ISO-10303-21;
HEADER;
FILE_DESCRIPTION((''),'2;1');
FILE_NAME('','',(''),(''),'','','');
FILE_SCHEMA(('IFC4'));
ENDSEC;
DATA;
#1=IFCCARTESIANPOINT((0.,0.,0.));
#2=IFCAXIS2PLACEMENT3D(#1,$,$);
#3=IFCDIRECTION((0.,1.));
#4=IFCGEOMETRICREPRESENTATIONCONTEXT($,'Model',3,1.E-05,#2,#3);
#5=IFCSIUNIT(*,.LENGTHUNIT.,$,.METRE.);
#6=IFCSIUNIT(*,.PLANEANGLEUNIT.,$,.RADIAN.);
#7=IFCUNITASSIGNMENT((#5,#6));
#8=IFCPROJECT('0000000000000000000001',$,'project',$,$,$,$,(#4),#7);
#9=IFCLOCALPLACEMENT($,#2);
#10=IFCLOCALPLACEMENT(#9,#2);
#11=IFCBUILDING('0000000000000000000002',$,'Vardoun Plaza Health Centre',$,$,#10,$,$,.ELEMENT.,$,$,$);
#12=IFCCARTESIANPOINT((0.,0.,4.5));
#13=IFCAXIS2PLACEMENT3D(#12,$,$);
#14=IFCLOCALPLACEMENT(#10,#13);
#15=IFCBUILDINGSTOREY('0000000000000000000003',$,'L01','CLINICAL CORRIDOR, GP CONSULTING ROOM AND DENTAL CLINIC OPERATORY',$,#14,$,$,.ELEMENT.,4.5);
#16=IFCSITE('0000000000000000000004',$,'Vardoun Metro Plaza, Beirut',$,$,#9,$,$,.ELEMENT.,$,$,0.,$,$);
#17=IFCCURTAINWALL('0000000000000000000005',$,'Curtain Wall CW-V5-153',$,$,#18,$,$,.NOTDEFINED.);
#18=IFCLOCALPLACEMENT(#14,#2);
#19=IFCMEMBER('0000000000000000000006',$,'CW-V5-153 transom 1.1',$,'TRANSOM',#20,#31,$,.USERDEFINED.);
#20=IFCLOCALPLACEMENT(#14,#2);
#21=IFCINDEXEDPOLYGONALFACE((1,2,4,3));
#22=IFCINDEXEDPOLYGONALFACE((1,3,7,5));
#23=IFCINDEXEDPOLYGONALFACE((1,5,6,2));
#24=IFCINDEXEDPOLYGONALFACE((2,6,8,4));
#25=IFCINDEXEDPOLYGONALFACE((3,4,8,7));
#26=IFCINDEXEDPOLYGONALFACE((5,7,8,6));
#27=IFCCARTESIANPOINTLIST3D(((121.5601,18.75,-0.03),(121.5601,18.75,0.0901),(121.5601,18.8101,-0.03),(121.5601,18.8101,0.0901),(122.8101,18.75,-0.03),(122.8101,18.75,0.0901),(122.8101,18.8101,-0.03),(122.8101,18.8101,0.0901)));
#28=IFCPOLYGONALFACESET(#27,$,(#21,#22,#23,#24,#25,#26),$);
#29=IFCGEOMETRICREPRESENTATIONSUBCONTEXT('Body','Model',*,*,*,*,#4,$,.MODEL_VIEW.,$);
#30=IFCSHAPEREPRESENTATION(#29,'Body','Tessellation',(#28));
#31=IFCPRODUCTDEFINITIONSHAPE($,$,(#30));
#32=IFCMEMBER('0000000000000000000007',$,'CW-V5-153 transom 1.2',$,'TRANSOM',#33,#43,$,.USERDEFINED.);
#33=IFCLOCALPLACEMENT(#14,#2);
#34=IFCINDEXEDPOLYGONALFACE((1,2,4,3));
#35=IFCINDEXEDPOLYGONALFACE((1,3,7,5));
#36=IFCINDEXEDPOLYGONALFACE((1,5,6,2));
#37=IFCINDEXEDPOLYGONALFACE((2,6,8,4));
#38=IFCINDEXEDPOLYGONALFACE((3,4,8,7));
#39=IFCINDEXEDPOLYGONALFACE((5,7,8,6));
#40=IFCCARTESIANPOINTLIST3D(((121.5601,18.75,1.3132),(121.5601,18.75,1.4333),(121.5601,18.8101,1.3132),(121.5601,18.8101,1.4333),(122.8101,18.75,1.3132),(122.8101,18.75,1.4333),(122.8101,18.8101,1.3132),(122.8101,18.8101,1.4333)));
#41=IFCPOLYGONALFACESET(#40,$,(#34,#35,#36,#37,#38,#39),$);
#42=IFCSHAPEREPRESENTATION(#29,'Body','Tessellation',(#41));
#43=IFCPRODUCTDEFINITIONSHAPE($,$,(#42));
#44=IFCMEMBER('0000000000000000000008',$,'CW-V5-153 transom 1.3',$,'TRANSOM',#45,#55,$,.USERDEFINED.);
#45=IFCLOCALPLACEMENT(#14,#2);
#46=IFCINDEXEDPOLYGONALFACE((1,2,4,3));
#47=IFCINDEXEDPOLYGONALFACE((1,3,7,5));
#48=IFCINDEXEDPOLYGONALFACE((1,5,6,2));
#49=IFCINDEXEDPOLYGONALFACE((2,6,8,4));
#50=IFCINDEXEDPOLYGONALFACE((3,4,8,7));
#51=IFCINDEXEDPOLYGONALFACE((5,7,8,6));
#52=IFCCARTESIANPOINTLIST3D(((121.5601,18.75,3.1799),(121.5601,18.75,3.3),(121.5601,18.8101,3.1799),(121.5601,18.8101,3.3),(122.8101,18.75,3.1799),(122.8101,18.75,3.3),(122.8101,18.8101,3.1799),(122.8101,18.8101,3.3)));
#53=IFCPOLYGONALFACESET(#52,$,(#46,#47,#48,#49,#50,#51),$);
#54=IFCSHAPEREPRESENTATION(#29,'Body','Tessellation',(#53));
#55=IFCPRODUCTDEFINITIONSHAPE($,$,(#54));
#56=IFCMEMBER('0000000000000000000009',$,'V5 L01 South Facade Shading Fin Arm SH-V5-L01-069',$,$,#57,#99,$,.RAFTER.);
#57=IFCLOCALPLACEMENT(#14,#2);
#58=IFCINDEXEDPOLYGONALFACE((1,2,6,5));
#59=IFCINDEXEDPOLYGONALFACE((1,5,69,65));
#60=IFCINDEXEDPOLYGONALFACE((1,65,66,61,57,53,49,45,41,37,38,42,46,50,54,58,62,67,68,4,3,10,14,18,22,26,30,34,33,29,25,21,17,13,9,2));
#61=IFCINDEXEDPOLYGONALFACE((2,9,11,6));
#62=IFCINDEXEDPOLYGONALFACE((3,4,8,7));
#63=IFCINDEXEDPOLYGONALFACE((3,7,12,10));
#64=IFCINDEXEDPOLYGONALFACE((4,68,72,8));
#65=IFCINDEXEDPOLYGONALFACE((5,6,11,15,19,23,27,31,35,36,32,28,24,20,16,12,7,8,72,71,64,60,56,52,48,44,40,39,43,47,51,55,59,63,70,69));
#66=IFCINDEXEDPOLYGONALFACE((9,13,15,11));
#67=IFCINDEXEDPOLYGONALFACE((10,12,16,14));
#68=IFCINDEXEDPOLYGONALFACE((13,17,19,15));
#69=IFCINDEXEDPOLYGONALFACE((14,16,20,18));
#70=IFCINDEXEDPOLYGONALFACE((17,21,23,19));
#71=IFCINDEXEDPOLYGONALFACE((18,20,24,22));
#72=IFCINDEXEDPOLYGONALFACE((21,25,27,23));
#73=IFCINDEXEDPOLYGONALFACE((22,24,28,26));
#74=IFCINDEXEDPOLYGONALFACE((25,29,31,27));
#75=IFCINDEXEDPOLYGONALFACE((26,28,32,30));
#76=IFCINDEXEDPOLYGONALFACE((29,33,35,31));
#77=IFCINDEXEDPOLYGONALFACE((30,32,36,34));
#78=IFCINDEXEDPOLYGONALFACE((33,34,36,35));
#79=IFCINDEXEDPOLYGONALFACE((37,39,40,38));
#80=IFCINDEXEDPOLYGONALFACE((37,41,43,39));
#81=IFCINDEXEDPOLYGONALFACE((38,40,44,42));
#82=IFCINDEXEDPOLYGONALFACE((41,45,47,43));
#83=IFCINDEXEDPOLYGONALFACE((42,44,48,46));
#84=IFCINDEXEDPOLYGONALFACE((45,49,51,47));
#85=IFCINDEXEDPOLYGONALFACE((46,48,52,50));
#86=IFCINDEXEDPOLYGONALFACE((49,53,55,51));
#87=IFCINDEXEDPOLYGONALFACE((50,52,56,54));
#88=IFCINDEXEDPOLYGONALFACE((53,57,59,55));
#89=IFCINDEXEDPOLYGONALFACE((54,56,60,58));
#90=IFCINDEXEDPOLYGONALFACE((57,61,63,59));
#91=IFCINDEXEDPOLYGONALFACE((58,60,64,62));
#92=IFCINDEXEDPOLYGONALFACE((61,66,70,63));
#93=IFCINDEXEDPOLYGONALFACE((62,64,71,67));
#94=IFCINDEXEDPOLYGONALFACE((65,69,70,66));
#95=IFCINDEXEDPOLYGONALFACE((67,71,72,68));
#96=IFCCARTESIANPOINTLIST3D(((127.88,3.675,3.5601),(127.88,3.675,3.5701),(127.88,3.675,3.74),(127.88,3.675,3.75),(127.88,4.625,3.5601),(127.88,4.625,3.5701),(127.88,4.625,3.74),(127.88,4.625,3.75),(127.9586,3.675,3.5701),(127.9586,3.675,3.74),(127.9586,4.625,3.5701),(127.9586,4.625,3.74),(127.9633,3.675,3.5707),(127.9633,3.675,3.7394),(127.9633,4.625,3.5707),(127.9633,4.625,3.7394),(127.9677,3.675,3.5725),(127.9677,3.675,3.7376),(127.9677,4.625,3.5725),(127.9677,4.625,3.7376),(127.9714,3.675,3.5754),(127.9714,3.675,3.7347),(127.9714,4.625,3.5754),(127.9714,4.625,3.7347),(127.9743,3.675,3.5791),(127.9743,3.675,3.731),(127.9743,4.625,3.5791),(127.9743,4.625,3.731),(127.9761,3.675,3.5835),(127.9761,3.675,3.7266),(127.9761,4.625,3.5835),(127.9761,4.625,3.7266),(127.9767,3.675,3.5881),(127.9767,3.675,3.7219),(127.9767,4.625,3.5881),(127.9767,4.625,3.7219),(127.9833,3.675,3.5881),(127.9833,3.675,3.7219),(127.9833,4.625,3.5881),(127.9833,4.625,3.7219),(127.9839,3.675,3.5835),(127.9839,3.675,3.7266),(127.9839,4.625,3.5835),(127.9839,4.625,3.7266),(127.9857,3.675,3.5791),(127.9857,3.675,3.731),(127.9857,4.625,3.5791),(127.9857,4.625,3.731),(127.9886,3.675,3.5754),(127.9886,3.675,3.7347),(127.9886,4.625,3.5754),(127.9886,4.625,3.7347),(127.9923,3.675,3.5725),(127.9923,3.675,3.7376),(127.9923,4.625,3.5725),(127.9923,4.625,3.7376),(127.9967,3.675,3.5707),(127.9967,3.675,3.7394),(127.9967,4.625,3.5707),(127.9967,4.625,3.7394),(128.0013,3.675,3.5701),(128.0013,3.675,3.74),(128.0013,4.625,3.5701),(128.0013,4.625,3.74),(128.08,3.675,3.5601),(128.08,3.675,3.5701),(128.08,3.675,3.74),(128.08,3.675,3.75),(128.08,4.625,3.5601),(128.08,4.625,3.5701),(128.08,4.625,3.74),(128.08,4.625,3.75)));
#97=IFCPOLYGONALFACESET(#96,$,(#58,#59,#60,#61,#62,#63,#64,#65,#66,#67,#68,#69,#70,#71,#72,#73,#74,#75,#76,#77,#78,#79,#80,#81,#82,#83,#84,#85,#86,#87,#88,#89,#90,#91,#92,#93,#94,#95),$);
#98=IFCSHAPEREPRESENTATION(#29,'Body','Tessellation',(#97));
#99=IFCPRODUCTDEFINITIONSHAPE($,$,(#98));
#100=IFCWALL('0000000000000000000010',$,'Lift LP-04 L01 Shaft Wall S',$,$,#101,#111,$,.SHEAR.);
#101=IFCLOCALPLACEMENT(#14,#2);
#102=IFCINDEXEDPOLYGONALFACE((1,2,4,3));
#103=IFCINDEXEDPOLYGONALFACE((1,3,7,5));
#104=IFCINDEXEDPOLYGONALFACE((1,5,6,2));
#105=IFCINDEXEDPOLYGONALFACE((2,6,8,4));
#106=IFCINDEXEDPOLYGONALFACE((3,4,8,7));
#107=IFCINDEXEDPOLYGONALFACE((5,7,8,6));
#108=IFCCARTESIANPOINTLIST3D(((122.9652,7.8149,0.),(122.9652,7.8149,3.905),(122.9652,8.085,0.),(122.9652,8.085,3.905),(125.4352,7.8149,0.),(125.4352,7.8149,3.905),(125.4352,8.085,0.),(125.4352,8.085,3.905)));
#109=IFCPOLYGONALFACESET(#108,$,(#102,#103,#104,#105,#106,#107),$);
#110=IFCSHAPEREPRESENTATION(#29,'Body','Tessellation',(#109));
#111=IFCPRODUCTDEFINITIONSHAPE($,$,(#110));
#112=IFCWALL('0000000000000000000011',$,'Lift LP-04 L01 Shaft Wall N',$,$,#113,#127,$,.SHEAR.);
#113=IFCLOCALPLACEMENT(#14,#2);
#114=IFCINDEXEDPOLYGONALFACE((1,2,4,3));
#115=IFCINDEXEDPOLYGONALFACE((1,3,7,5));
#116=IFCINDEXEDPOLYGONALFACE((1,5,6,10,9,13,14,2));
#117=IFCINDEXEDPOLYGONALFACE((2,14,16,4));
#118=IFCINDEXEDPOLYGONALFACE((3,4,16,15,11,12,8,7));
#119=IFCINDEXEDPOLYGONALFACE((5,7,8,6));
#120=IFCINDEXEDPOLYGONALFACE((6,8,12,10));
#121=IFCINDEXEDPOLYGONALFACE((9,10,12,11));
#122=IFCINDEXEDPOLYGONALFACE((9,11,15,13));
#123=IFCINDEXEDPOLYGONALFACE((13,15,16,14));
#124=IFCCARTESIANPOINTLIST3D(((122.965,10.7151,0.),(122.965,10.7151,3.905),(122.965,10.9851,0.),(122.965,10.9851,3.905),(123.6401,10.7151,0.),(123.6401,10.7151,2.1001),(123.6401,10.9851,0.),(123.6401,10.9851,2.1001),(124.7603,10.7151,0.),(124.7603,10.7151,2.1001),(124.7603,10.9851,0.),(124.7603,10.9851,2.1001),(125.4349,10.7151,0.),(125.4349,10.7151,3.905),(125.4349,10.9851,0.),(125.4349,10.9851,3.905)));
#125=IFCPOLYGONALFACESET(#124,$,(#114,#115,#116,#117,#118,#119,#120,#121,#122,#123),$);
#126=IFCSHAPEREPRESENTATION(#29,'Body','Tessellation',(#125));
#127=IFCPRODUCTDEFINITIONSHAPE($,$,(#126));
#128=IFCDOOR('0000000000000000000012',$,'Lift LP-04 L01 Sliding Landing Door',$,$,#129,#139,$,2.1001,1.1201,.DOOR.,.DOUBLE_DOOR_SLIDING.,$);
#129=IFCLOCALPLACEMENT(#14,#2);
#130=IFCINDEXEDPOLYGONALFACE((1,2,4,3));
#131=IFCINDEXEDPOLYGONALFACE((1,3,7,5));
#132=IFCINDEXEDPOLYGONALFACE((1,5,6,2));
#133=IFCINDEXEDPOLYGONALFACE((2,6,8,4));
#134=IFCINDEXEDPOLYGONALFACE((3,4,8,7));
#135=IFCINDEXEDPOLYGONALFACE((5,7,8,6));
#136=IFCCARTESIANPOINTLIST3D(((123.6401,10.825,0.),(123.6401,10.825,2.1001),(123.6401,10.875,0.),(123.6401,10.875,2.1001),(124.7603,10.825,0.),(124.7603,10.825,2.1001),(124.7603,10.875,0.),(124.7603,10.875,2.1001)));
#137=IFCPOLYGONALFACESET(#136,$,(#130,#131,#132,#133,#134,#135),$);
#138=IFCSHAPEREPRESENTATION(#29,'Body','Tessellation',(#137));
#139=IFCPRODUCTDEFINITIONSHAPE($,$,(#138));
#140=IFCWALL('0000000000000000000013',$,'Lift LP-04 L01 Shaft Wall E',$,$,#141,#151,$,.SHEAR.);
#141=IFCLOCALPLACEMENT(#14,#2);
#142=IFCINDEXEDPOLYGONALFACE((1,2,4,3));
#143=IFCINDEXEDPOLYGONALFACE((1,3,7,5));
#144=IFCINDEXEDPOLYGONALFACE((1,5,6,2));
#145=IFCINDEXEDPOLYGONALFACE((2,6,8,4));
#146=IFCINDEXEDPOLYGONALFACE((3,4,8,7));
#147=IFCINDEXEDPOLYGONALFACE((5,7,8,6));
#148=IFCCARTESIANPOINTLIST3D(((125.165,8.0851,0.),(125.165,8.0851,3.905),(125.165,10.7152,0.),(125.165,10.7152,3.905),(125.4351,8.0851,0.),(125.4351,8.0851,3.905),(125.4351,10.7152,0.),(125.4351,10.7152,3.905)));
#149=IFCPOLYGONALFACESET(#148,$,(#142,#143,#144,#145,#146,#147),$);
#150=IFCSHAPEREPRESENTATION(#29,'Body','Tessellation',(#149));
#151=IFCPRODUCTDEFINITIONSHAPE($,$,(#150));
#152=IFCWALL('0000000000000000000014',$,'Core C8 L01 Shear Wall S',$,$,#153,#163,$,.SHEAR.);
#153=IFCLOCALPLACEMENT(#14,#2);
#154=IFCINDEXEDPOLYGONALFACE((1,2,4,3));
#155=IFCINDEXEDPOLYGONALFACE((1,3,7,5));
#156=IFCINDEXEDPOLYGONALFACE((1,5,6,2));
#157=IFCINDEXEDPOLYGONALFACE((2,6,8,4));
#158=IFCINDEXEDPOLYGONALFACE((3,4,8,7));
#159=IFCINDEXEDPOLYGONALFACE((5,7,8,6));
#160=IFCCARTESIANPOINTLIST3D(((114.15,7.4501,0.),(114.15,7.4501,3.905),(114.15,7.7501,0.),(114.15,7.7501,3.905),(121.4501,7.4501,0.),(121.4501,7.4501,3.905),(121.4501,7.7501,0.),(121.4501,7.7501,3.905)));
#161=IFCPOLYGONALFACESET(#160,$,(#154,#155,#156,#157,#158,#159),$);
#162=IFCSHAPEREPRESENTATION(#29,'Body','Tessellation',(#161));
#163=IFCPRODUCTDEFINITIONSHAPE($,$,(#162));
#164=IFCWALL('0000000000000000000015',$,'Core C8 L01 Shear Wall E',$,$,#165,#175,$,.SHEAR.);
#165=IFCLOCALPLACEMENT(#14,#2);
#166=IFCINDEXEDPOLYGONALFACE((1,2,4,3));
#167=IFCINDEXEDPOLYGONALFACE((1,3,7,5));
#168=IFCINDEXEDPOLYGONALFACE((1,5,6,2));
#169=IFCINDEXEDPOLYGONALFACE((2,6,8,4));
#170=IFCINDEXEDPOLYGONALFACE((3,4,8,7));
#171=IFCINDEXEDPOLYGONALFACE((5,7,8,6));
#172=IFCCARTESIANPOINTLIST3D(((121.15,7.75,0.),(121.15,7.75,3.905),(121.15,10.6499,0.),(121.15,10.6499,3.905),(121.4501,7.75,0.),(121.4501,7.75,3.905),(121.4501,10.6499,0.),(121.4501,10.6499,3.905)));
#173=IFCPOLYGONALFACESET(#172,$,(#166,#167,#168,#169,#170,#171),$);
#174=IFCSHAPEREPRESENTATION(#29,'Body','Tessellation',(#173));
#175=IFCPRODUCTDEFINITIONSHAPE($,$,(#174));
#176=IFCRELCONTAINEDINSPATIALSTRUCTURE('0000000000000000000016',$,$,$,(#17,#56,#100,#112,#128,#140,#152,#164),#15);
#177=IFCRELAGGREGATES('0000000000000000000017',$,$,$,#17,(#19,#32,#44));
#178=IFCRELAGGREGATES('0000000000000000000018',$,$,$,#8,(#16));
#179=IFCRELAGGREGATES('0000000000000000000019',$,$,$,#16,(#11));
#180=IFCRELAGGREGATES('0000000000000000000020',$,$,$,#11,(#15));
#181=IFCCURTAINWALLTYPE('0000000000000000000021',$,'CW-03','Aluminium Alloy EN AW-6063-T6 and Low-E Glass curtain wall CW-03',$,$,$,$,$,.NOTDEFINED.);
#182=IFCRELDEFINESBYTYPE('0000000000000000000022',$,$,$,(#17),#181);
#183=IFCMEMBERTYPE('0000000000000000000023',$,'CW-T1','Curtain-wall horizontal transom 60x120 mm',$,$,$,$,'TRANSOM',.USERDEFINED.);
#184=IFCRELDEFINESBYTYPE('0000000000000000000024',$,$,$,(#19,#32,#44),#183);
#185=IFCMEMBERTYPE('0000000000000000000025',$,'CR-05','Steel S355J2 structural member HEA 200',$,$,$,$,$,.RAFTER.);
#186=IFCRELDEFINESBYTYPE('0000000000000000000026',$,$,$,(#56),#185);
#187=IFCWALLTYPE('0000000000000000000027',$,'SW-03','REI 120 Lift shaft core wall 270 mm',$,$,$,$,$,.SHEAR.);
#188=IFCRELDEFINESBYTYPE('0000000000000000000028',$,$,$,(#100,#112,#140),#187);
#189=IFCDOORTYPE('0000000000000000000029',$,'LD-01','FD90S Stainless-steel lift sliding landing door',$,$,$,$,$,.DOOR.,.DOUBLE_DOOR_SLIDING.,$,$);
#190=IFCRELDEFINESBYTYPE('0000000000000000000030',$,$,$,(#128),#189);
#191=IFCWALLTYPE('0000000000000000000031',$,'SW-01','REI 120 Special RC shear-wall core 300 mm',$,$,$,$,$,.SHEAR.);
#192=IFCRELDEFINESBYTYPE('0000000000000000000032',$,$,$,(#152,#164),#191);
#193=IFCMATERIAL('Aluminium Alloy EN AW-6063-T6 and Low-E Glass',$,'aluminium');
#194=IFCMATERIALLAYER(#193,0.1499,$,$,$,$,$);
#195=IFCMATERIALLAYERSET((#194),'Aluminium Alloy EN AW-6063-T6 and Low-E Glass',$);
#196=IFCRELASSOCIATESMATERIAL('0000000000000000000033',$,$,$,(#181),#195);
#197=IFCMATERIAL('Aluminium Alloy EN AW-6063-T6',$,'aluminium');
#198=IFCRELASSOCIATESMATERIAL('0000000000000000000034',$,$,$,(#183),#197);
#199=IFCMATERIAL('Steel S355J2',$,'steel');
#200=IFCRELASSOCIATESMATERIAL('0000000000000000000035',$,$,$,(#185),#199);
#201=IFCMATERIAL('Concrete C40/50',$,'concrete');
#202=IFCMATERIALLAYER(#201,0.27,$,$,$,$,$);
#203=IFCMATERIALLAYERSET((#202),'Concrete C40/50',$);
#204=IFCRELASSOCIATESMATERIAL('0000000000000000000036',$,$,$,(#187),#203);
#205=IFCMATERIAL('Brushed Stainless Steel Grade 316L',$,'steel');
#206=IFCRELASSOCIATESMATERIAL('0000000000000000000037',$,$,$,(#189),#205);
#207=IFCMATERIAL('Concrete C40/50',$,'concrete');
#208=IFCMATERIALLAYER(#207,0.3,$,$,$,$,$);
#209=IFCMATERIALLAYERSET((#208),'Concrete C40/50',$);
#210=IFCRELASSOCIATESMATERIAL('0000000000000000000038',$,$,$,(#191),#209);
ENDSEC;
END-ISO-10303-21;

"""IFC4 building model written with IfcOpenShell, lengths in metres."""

from ifc_helpers import new_model, si_unit, direction, frame, frame_2d, origin, origin_2d, place, context, subcontext, project, spatial, rectangle, i_section, extrude, material, layer, layer_set, material_profile, profile_set, type_object, element, fill, aggregate, save


model = new_model("IFC4")

# Units and contexts
model_context = context("Model", 3, precision=1e-05, world=origin(), true_north=direction((0.0, 1.0)))
body_context = subcontext(model_context, "Body", "Model", "MODEL_VIEW")
ifc_project = project(units=[si_unit("LENGTHUNIT", "METRE"), si_unit("PLANEANGLEUNIT", "RADIAN")], contexts=[model_context])

# Site, building, storey
site_placement = place(None, origin())
site = spatial("IfcSite", under=ifc_project, at=site_placement, Name="Vardoun Metro Plaza, Beirut", CompositionType="ELEMENT", RefElevation=0.0)
building_placement = place(site_placement, origin())
building = spatial("IfcBuilding", under=site, at=building_placement, Name="Vardoun Plaza Health Centre", CompositionType="ELEMENT")
storey_placement = place(building_placement, frame((0.0, 0.0, 4.5)))
storey = spatial("IfcBuildingStorey", under=building, at=storey_placement, Name="L01", Description="CLINICAL CORRIDOR, GP CONSULTING ROOM AND DENTAL CLINIC OPERATORY", CompositionType="ELEMENT", Elevation=4.5)

# Curtain wall, members
ifc_material_1 = material(Name="Aluminium Alloy EN AW-6063-T6 and Low-E Glass", Category="aluminium")
ifc_layer_1 = layer(ifc_material_1, 0.1499)
ifc_layer_set_1 = layer_set([ifc_layer_1], Name="Aluminium Alloy EN AW-6063-T6 and Low-E Glass")
curtain_wall_type = type_object("IfcCurtainWallType", Name="CW-03", Description="Aluminium Alloy EN AW-6063-T6 and Low-E Glass curtain wall CW-03", PredefinedType="NOTDEFINED", material=ifc_layer_set_1)
curtain_wall_placement = place(storey_placement, origin())
curtain_wall = element("IfcCurtainWall", 1, at=curtain_wall_placement, inside=storey, type_object=curtain_wall_type, Name="Curtain Wall CW-V5-153", PredefinedType="NOTDEFINED")
ifc_material_2 = material(Name="Aluminium Alloy EN AW-6063-T6", Category="aluminium")
ifc_material_profile_1 = material_profile(ifc_material_2, rectangle(XDim=0.0601, YDim=0.1201, at=origin_2d()), Name="CWT 60x120")
ifc_profile_set_1 = profile_set([ifc_material_profile_1], Name="Aluminium Alloy EN AW-6063-T6")
member_type_1 = type_object("IfcMemberType", Name="CW-T1", Description="Curtain-wall horizontal transom 60x120 mm", ElementType="TRANSOM", PredefinedType="USERDEFINED", material=ifc_profile_set_1)
member_1_placement = place(storey_placement, frame((121.5601, 18.78, 0.03), z_axis=(1.0, 0.0, 0.0), x_axis=(0.0, 1.0, 0.0)))
member_1 = element("IfcMember", 2, at=member_1_placement, type_object=member_type_1, Name="CW-V5-153 transom 1.1", ObjectType="TRANSOM", PredefinedType="USERDEFINED", context=body_context, shape_type="SweptSolid", body=[
    extrude(rectangle(XDim=0.0601, YDim=0.1201, at=origin_2d()), origin(), (0.0, 0.0, 1.0), 1.25),
])
member_2_placement = place(storey_placement, frame((121.5601, 18.78, 1.3733), z_axis=(1.0, 0.0, 0.0), x_axis=(0.0, 1.0, 0.0)))
member_2 = element("IfcMember", 3, at=member_2_placement, type_object=member_type_1, Name="CW-V5-153 transom 1.2", ObjectType="TRANSOM", PredefinedType="USERDEFINED", context=body_context, shape_type="SweptSolid", body=[
    extrude(rectangle(XDim=0.0601, YDim=0.1201, at=origin_2d()), origin(), (0.0, 0.0, 1.0), 1.25),
])
member_3_placement = place(storey_placement, frame((121.5601, 18.78, 3.24), z_axis=(1.0, 0.0, 0.0), x_axis=(0.0, 1.0, 0.0)))
member_3 = element("IfcMember", 4, at=member_3_placement, type_object=member_type_1, Name="CW-V5-153 transom 1.3", ObjectType="TRANSOM", PredefinedType="USERDEFINED", context=body_context, shape_type="SweptSolid", body=[
    extrude(rectangle(XDim=0.0601, YDim=0.1201, at=origin_2d()), origin(), (0.0, 0.0, 1.0), 1.25),
])
aggregate(curtain_wall, [member_1, member_2, member_3])

# Member
ifc_material_3 = material(Name="Steel S355J2", Category="steel")
ifc_material_profile_2 = material_profile(ifc_material_3, i_section(OverallWidth=0.2, OverallDepth=0.1899, WebThickness=0.0066, FlangeThickness=0.01, FilletRadius=0.0181, at=origin_2d()), Name="HEA 200")
ifc_profile_set_2 = profile_set([ifc_material_profile_2], Name="Steel S355J2")
member_type_2 = type_object("IfcMemberType", Name="CR-05", Description="Steel S355J2 structural member HEA 200", PredefinedType="RAFTER", material=ifc_profile_set_2)
member_4_placement = place(storey_placement, frame((127.98, 4.625, 3.655), z_axis=(0.0, -1.0, 0.0), x_axis=(1.0, 0.0, 0.0)))
element("IfcMember", 5, at=member_4_placement, inside=storey, type_object=member_type_2, Name="V5 L01 South Facade Shading Fin Arm SH-V5-L01-069", PredefinedType="RAFTER", context=body_context, shape_type="SweptSolid", body=[
    extrude(i_section(OverallWidth=0.2, OverallDepth=0.1899, WebThickness=0.0066, FlangeThickness=0.01, FilletRadius=0.0181, at=origin_2d()), origin(), (0.0, 0.0, 1.0), 0.95),
])

# Wall
ifc_material_4 = material(Name="Concrete C40/50", Category="concrete")
ifc_layer_2 = layer(ifc_material_4, 0.27)
ifc_layer_set_2 = layer_set([ifc_layer_2], Name="Concrete C40/50")
wall_type_1 = type_object("IfcWallType", Name="SW-03", Description="REI 120 Lift shaft core wall 270 mm", PredefinedType="SHEAR", material=ifc_layer_set_2)
wall_1_placement = place(storey_placement, frame((125.4351, 7.95, 0.0), z_axis=(0.0, 0.0, 1.0), x_axis=(-1.0, 0.0, 0.0)))
element("IfcWall", 6, at=wall_1_placement, inside=storey, type_object=wall_type_1, Name="Lift LP-04 L01 Shaft Wall S", PredefinedType="SHEAR", context=body_context, shape_type="SweptSolid", body=[
    extrude(rectangle(XDim=2.47, YDim=0.27, at=frame_2d((1.2349, 0.0))), origin(), (0.0, 0.0, 1.0), 3.905),
])

# Wall, opening, door
wall_2_placement = place(storey_placement, frame((122.9651, 10.8501, 0.0), z_axis=(0.0, 0.0, 1.0), x_axis=(1.0, 0.0, 0.0)))
wall_2 = element("IfcWall", 7, at=wall_2_placement, inside=storey, type_object=wall_type_1, Name="Lift LP-04 L01 Shaft Wall N", PredefinedType="SHEAR", context=body_context, shape_type="SweptSolid", body=[
    extrude(rectangle(XDim=2.47, YDim=0.27, at=frame_2d((1.2349, 0.0))), origin(), (0.0, 0.0, 1.0), 3.905),
])
opening_1_placement = place(wall_2_placement, frame((0.675, 0.0, 0.0)))
opening_1 = element("IfcOpeningElement", 8, at=opening_1_placement, cuts=wall_2, PredefinedType="OPENING", context=body_context, shape_type="SweptSolid", body=[
    extrude(rectangle(XDim=1.1201, YDim=2.1001, at=frame_2d((0.5601, 1.05))), frame((0.0, 0.135, 0.0), z_axis=(0.0, -1.0, 0.0), x_axis=(1.0, 0.0, 0.0)), (0.0, 0.0, 1.0), 0.27),
])
ifc_material_5 = material(Name="Brushed Stainless Steel Grade 316L", Category="steel")
door_type_1 = type_object("IfcDoorType", Name="LD-01", Description="FD90S Stainless-steel lift sliding landing door", OperationType="DOUBLE_DOOR_SLIDING", PredefinedType="DOOR", material=ifc_material_5)
door_1_placement = place(opening_1_placement, origin())
door_1 = element("IfcDoor", 9, at=door_1_placement, inside=storey, type_object=door_type_1, Name="Lift LP-04 L01 Sliding Landing Door", OperationType="DOUBLE_DOOR_SLIDING", OverallHeight=2.1001, OverallWidth=1.1201, PredefinedType="DOOR", context=body_context, shape_type="SweptSolid", body=[
    extrude(rectangle(XDim=1.1201, YDim=2.1001, at=frame_2d((0.5601, 1.05))), frame((0.0, 0.0249, 0.0), z_axis=(0.0, -1.0, 0.0), x_axis=(1.0, 0.0, 0.0)), (0.0, 0.0, 1.0), 0.05),
])
fill(opening_1, door_1)

# Walls
wall_3_placement = place(storey_placement, frame((125.3, 10.7151, 0.0), z_axis=(0.0, 0.0, 1.0), x_axis=(0.0, -1.0, 0.0)))
element("IfcWall", 10, at=wall_3_placement, inside=storey, type_object=wall_type_1, Name="Lift LP-04 L01 Shaft Wall E", PredefinedType="SHEAR", context=body_context, shape_type="SweptSolid", body=[
    extrude(rectangle(XDim=2.6301, YDim=0.27, at=frame_2d((1.3149, 0.0))), origin(), (0.0, 0.0, 1.0), 3.905),
])
ifc_material_6 = material(Name="Concrete C40/50", Category="concrete")
ifc_layer_3 = layer(ifc_material_6, 0.3)
ifc_layer_set_3 = layer_set([ifc_layer_3], Name="Concrete C40/50")
wall_type_2 = type_object("IfcWallType", Name="SW-01", Description="REI 120 Special RC shear-wall core 300 mm", PredefinedType="SHEAR", material=ifc_layer_set_3)
wall_4_placement = place(storey_placement, frame((121.45, 7.6001, 0.0), z_axis=(0.0, 0.0, 1.0), x_axis=(-1.0, 0.0, 0.0)))
element("IfcWall", 11, at=wall_4_placement, inside=storey, type_object=wall_type_2, Name="Core C8 L01 Shear Wall S", PredefinedType="SHEAR", context=body_context, shape_type="SweptSolid", body=[
    extrude(rectangle(XDim=7.3, YDim=0.3, at=frame_2d((3.6499, 0.0))), origin(), (0.0, 0.0, 1.0), 3.905),
])
wall_5_placement = place(storey_placement, frame((121.3, 10.6499, 0.0), z_axis=(0.0, 0.0, 1.0), x_axis=(0.0, -1.0, 0.0)))
element("IfcWall", 12, at=wall_5_placement, inside=storey, type_object=wall_type_2, Name="Core C8 L01 Shear Wall E", PredefinedType="SHEAR", context=body_context, shape_type="SweptSolid", body=[
    extrude(rectangle(XDim=2.8999, YDim=0.3, at=frame_2d((1.45, 0.0))), origin(), (0.0, 0.0, 1.0), 3.905),
])

save(model, "model.ifc")
